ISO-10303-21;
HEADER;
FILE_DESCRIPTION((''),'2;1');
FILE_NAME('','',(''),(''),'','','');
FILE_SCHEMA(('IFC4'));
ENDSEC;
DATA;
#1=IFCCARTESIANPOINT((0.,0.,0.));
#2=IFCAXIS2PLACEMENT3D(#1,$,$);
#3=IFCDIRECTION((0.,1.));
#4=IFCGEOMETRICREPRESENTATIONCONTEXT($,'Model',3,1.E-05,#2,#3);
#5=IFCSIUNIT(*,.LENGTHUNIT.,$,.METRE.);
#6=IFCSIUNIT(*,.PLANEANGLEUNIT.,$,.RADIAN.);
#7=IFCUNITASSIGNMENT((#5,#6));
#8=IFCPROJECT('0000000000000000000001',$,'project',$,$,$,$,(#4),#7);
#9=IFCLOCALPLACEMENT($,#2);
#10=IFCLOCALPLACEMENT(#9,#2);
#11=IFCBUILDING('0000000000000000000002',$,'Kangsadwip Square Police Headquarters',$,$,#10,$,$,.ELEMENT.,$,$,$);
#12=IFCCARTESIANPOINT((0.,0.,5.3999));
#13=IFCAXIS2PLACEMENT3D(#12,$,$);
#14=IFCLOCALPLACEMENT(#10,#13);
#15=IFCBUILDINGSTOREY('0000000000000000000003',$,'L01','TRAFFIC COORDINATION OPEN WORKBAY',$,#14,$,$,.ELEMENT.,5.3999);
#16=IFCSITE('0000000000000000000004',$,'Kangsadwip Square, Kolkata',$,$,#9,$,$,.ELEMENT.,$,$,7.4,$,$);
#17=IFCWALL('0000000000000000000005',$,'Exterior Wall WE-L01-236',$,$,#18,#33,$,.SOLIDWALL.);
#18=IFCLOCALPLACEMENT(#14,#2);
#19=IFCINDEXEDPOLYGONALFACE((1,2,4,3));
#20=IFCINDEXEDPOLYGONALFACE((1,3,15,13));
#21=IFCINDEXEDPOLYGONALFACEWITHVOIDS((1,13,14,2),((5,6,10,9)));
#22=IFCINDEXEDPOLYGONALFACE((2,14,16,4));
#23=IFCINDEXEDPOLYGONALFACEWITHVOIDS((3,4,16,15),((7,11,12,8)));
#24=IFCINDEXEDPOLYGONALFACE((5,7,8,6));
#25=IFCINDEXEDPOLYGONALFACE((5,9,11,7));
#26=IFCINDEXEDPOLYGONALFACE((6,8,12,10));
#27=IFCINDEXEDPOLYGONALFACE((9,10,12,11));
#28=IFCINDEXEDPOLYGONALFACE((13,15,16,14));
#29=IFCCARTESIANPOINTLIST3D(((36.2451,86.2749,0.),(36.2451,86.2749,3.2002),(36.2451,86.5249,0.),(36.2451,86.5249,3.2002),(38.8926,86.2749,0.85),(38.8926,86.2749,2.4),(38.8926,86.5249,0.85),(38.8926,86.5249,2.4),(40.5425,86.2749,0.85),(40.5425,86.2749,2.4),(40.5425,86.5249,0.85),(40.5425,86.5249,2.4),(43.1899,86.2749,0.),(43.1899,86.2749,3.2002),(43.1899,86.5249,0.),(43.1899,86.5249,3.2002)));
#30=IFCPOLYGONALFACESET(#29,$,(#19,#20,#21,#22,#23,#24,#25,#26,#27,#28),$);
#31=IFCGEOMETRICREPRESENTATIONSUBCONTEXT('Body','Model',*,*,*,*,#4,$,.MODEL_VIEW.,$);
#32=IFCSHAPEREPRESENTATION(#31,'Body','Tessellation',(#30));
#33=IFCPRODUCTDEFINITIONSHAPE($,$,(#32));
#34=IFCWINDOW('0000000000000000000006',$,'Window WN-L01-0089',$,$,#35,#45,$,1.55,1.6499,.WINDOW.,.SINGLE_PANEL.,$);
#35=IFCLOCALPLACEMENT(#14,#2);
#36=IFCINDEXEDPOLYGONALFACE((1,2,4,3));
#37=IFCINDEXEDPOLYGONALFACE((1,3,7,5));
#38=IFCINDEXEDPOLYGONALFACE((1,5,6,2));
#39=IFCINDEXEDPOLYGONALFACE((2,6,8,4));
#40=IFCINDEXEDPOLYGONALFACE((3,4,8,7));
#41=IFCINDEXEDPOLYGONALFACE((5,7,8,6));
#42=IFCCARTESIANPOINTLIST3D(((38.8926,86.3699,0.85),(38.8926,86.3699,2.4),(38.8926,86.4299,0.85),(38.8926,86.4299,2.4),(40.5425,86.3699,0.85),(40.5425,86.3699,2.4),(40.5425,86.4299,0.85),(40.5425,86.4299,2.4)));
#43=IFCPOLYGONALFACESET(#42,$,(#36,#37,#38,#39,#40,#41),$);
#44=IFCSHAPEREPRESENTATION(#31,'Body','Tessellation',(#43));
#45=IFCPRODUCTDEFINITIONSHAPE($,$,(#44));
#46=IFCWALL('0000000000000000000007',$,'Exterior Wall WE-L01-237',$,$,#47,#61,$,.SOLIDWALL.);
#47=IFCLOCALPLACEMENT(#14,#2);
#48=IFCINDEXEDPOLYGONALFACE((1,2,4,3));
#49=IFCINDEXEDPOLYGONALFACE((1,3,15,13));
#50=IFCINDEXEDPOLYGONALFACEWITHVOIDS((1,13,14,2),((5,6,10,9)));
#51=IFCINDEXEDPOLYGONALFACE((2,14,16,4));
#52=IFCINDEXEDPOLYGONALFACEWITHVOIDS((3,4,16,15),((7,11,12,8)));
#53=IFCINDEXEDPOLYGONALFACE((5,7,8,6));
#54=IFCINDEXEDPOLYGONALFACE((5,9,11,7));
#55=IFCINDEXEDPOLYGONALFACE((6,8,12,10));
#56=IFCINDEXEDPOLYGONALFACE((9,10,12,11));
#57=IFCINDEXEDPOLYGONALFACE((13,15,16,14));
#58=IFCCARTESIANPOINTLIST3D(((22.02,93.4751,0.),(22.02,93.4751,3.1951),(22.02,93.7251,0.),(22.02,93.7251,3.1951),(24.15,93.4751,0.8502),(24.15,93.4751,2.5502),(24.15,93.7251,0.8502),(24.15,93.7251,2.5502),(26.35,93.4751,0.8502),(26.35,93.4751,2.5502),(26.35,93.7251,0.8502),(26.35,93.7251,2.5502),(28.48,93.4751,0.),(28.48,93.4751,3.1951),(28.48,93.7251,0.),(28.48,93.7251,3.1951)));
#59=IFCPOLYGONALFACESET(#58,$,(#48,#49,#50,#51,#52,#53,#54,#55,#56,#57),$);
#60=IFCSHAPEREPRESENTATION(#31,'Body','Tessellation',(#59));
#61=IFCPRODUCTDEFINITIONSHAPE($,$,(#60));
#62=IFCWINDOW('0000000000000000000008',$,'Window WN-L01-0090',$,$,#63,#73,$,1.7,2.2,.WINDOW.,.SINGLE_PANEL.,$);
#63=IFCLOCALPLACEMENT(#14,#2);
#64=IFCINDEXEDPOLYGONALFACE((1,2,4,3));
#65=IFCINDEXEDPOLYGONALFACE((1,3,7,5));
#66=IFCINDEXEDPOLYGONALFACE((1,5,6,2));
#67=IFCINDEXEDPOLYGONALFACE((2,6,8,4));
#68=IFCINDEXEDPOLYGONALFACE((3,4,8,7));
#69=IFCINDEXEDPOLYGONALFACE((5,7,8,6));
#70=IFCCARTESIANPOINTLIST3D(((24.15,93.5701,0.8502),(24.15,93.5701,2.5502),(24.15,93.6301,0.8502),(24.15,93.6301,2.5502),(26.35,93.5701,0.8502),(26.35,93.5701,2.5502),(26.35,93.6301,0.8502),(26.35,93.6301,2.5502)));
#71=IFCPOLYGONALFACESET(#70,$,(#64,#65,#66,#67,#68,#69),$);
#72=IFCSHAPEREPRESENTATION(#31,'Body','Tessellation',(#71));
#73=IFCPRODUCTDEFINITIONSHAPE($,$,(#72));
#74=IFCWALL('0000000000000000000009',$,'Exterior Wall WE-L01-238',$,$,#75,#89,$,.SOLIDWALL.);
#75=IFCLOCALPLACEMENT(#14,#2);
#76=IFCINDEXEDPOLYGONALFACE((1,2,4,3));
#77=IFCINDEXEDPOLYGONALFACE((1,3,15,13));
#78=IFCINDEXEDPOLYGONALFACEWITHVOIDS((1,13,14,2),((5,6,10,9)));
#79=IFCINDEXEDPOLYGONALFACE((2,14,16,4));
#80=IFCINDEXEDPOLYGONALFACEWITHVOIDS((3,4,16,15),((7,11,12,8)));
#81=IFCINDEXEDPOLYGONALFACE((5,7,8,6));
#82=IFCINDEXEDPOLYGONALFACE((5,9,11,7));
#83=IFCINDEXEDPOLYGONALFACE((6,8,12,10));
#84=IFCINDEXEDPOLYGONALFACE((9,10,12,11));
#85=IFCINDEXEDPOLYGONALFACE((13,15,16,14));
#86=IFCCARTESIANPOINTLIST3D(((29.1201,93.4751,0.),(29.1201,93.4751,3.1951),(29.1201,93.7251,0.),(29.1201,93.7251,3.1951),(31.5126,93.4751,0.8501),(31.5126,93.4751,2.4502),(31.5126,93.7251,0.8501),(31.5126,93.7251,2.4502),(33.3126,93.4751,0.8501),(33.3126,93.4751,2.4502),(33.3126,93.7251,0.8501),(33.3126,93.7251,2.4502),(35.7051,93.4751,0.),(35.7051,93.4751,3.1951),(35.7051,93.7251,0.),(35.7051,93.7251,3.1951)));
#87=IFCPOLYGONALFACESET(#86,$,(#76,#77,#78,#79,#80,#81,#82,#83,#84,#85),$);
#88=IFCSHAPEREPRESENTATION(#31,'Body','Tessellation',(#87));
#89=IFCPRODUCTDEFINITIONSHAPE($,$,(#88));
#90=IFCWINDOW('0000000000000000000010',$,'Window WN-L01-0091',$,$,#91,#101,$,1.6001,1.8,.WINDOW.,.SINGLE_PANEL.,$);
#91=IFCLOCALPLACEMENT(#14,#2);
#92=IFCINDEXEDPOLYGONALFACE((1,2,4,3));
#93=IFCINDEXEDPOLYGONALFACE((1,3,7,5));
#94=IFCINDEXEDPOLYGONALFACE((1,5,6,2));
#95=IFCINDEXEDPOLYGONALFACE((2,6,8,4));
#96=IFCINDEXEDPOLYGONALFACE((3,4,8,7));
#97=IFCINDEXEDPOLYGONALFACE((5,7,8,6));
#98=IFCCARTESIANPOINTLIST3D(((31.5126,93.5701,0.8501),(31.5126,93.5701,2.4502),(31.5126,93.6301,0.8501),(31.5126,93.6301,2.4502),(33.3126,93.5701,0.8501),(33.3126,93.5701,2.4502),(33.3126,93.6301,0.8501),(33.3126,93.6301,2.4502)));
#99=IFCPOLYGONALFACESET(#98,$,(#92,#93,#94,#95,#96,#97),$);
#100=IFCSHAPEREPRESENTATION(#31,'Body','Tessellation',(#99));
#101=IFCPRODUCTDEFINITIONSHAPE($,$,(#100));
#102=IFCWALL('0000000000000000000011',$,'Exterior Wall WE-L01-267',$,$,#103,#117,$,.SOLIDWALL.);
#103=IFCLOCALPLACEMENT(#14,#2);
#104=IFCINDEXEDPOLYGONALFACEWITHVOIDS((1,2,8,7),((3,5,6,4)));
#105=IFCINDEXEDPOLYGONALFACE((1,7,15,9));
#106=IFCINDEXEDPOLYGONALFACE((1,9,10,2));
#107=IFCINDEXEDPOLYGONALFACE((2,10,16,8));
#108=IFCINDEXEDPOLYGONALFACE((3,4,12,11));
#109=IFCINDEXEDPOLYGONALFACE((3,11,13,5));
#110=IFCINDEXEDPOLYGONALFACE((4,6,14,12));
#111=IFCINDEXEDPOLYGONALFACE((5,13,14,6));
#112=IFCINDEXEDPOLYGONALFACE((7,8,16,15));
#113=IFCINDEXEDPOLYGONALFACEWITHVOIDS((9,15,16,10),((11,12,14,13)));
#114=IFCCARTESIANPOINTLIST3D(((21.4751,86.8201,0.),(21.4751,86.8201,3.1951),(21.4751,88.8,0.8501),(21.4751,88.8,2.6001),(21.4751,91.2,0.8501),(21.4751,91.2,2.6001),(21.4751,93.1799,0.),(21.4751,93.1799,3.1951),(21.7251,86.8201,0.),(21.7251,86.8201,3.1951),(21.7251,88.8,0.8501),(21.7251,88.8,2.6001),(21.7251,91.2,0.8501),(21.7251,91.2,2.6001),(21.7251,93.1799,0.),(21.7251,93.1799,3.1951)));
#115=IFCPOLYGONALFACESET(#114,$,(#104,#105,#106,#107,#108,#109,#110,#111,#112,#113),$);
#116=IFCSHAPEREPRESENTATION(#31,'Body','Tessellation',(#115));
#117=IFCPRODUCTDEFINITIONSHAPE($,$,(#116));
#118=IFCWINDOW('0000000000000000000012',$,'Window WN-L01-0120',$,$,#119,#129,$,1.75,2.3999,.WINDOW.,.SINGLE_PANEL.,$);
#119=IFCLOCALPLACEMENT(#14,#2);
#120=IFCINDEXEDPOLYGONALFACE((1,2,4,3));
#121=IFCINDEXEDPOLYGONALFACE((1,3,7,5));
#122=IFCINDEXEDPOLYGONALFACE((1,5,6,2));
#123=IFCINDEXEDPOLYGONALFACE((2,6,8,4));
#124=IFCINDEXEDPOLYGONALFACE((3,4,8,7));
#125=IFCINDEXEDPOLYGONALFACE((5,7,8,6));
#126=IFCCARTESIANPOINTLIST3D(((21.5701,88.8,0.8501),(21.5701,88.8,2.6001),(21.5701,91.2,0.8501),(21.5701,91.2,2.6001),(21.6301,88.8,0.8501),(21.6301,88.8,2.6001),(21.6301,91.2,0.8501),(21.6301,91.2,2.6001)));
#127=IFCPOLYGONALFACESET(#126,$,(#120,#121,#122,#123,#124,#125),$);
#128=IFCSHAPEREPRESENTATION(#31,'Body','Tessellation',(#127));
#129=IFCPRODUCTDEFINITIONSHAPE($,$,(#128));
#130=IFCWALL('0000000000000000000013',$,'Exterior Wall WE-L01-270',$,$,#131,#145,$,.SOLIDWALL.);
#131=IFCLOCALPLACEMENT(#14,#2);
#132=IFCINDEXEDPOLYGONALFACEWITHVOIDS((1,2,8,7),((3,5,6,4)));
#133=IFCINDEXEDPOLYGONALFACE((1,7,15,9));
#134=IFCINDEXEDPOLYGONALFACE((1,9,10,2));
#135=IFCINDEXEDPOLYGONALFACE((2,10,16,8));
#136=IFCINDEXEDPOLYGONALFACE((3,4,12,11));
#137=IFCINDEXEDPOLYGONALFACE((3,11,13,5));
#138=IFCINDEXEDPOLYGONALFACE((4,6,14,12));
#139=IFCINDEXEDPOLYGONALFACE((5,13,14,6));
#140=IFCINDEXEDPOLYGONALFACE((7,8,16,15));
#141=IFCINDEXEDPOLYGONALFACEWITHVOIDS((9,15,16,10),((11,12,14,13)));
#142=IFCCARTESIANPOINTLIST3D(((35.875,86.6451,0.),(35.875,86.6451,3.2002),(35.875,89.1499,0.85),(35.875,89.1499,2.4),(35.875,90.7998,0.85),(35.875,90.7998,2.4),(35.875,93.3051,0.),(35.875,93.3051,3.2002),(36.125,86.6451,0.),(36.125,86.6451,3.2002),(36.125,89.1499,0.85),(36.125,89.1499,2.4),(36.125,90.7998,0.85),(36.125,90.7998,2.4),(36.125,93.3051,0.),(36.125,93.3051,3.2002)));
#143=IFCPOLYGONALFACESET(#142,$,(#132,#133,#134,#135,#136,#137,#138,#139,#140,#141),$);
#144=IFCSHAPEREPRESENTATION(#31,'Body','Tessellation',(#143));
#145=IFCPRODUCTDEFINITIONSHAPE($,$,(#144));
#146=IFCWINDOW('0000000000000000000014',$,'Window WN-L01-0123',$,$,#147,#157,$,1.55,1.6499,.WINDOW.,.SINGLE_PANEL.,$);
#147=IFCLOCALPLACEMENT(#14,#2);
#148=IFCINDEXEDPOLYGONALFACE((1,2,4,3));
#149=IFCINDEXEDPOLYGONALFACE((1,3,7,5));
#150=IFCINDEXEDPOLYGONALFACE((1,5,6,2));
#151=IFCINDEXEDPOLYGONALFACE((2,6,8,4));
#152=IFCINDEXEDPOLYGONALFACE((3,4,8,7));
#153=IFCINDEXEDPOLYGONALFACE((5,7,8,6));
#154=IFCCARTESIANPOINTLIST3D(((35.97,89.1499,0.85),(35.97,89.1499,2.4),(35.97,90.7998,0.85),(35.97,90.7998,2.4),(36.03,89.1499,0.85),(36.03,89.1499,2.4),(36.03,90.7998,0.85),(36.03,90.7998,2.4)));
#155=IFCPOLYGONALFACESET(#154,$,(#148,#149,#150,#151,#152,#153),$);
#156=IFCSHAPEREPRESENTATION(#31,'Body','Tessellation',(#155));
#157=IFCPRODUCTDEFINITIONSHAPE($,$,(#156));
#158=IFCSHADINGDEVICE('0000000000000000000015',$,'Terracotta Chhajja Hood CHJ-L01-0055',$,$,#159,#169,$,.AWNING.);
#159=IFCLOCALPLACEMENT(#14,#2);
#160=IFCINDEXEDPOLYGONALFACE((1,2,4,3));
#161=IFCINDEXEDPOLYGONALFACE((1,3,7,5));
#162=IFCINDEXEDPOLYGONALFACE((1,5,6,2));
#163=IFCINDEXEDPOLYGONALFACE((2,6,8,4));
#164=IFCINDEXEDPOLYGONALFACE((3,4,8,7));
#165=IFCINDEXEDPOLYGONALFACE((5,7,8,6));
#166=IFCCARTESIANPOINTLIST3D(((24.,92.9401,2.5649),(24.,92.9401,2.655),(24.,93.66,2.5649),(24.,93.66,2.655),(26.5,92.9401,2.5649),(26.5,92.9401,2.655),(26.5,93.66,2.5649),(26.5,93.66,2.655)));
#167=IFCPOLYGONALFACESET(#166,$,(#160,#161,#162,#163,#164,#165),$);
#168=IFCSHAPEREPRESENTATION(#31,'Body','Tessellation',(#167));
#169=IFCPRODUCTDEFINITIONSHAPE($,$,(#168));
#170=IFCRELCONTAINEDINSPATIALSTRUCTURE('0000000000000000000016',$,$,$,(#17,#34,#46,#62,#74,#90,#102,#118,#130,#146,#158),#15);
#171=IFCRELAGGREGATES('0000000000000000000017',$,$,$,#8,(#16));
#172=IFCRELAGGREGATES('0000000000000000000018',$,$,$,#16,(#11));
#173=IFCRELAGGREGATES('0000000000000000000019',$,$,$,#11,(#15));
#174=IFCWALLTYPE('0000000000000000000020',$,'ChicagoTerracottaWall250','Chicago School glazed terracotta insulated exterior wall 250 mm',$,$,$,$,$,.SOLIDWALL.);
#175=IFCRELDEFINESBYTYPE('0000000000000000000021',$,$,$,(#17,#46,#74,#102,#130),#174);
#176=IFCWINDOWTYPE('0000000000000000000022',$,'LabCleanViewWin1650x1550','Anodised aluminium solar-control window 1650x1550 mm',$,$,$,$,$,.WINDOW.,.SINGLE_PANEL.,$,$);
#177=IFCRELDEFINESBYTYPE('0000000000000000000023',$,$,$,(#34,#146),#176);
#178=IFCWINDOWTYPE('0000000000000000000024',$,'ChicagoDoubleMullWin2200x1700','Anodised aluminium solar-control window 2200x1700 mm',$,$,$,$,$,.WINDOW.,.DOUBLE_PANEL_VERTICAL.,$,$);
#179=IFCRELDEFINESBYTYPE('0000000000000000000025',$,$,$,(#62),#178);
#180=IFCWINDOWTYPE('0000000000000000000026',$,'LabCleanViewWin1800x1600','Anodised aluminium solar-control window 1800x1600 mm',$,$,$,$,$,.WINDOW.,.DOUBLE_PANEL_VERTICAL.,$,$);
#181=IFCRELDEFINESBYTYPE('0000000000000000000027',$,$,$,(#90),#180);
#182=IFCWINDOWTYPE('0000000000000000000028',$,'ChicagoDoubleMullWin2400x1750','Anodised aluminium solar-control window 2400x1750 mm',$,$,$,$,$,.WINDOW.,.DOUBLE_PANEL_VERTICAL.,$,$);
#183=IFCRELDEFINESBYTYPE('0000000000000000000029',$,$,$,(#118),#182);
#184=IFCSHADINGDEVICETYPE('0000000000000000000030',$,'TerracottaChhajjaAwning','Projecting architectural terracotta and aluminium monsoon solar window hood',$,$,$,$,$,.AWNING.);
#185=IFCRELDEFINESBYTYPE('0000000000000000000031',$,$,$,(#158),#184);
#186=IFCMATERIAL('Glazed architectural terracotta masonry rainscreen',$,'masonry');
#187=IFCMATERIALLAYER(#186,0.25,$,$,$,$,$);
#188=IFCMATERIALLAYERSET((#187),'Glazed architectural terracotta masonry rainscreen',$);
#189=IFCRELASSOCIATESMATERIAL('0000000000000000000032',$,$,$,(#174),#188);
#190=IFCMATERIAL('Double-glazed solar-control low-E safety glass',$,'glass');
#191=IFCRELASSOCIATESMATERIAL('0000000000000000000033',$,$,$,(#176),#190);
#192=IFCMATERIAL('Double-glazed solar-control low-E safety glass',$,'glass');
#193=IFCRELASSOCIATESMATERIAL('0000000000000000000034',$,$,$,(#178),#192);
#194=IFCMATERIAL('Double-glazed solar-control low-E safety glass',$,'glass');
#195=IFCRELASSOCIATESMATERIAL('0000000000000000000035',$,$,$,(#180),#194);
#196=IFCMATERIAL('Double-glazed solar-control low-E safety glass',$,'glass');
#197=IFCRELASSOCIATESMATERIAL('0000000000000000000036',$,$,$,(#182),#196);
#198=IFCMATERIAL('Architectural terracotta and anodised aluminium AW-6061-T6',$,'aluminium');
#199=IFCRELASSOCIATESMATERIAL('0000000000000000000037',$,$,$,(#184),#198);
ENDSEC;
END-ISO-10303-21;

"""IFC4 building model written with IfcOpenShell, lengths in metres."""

from ifc_helpers import new_model, si_unit, direction, frame, frame_2d, origin, origin_2d, place, context, subcontext, project, spatial, rectangle, extrude, material, layer, layer_set, type_object, element, fill, save


model = new_model("IFC4")

# Units and contexts
model_context = context("Model", 3, precision=1e-05, world=origin(), true_north=direction((0.0, 1.0)))
body_context = subcontext(model_context, "Body", "Model", "MODEL_VIEW")
ifc_project = project(units=[si_unit("LENGTHUNIT", "METRE"), si_unit("PLANEANGLEUNIT", "RADIAN")], contexts=[model_context])

# Site, building, storey
site_placement = place(None, origin())
site = spatial("IfcSite", under=ifc_project, at=site_placement, Name="Kangsadwip Square, Kolkata", CompositionType="ELEMENT", RefElevation=7.4)
building_placement = place(site_placement, origin())
building = spatial("IfcBuilding", under=site, at=building_placement, Name="Kangsadwip Square Police Headquarters", CompositionType="ELEMENT")
storey_placement = place(building_placement, frame((0.0, 0.0, 5.3999)))
storey = spatial("IfcBuildingStorey", under=building, at=storey_placement, Name="L01", Description="TRAFFIC COORDINATION OPEN WORKBAY", CompositionType="ELEMENT", Elevation=5.3999)

# Walls, openings, windows
ifc_material_1 = material(Name="Glazed architectural terracotta masonry rainscreen", Category="masonry")
ifc_layer = layer(ifc_material_1, 0.25)
ifc_layer_set = layer_set([ifc_layer], Name="Glazed architectural terracotta masonry rainscreen")
wall_type = type_object("IfcWallType", Name="ChicagoTerracottaWall250", Description="Chicago School glazed terracotta insulated exterior wall 250 mm", PredefinedType="SOLIDWALL", material=ifc_layer_set)
wall_1_placement = place(storey_placement, frame((36.2451, 86.3999, 0.0), z_axis=(0.0, 0.0, 1.0), x_axis=(1.0, 0.0, 0.0)))
wall_1 = element("IfcWall", 1, at=wall_1_placement, inside=storey, type_object=wall_type, Name="Exterior Wall WE-L01-236", PredefinedType="SOLIDWALL", context=body_context, shape_type="SweptSolid", body=[
    extrude(rectangle(XDim=6.9448, YDim=0.25, at=frame_2d((3.4724, 0.0))), origin(), (0.0, 0.0, 1.0), 3.2002),
])
opening_1_placement = place(wall_1_placement, frame((2.6475, 0.0, 0.8501)))
opening_1 = element("IfcOpeningElement", 2, at=opening_1_placement, cuts=wall_1, PredefinedType="OPENING", context=body_context, shape_type="SweptSolid", body=[
    extrude(rectangle(XDim=1.6499, YDim=1.55, at=frame_2d((0.825, 0.7749))), frame((0.0, 0.135, 0.0), z_axis=(0.0, -1.0, 0.0), x_axis=(1.0, 0.0, 0.0)), (0.0, 0.0, 1.0), 0.27),
])
ifc_material_2 = material(Name="Double-glazed solar-control low-E safety glass", Category="glass")
window_type_1 = type_object("IfcWindowType", Name="LabCleanViewWin1650x1550", Description="Anodised aluminium solar-control window 1650x1550 mm", PartitioningType="SINGLE_PANEL", PredefinedType="WINDOW", material=ifc_material_2)
window_1_placement = place(opening_1_placement, origin())
window_1 = element("IfcWindow", 3, at=window_1_placement, inside=storey, type_object=window_type_1, Name="Window WN-L01-0089", OverallHeight=1.55, OverallWidth=1.6499, PartitioningType="SINGLE_PANEL", PredefinedType="WINDOW", context=body_context, shape_type="SweptSolid", body=[
    extrude(rectangle(XDim=1.6499, YDim=1.55, at=frame_2d((0.825, 0.7749))), frame((0.0, 0.03, 0.0), z_axis=(0.0, -1.0, 0.0), x_axis=(1.0, 0.0, 0.0)), (0.0, 0.0, 1.0), 0.0601),
])
fill(opening_1, window_1)
wall_2_placement = place(storey_placement, frame((22.02, 93.6001, 0.0), z_axis=(0.0, 0.0, 1.0), x_axis=(1.0, 0.0, 0.0)))
wall_2 = element("IfcWall", 4, at=wall_2_placement, inside=storey, type_object=wall_type, Name="Exterior Wall WE-L01-237", PredefinedType="SOLIDWALL", context=body_context, shape_type="SweptSolid", body=[
    extrude(rectangle(XDim=6.46, YDim=0.25, at=frame_2d((3.23, 0.0))), origin(), (0.0, 0.0, 1.0), 3.1951),
])
opening_2_placement = place(wall_2_placement, frame((2.1299, 0.0, 0.8501)))
opening_2 = element("IfcOpeningElement", 5, at=opening_2_placement, cuts=wall_2, PredefinedType="OPENING", context=body_context, shape_type="SweptSolid", body=[
    extrude(rectangle(XDim=2.2, YDim=1.7, at=frame_2d((1.1001, 0.8501))), frame((0.0, 0.135, 0.0), z_axis=(0.0, -1.0, 0.0), x_axis=(1.0, 0.0, 0.0)), (0.0, 0.0, 1.0), 0.27),
])
ifc_material_3 = material(Name="Double-glazed solar-control low-E safety glass", Category="glass")
window_type_2 = type_object("IfcWindowType", Name="ChicagoDoubleMullWin2200x1700", Description="Anodised aluminium solar-control window 2200x1700 mm", PartitioningType="DOUBLE_PANEL_VERTICAL", PredefinedType="WINDOW", material=ifc_material_3)
window_2_placement = place(opening_2_placement, origin())
window_2 = element("IfcWindow", 6, at=window_2_placement, inside=storey, type_object=window_type_2, Name="Window WN-L01-0090", OverallHeight=1.7, OverallWidth=2.2, PartitioningType="SINGLE_PANEL", PredefinedType="WINDOW", context=body_context, shape_type="SweptSolid", body=[
    extrude(rectangle(XDim=2.2, YDim=1.7, at=frame_2d((1.1001, 0.8501))), frame((0.0, 0.03, 0.0), z_axis=(0.0, -1.0, 0.0), x_axis=(1.0, 0.0, 0.0)), (0.0, 0.0, 1.0), 0.0601),
])
fill(opening_2, window_2)
wall_3_placement = place(storey_placement, frame((29.1201, 93.6001, 0.0), z_axis=(0.0, 0.0, 1.0), x_axis=(1.0, 0.0, 0.0)))
wall_3 = element("IfcWall", 7, at=wall_3_placement, inside=storey, type_object=wall_type, Name="Exterior Wall WE-L01-238", PredefinedType="SOLIDWALL", context=body_context, shape_type="SweptSolid", body=[
    extrude(rectangle(XDim=6.585, YDim=0.25, at=frame_2d((3.2925, 0.0))), origin(), (0.0, 0.0, 1.0), 3.1951),
])
opening_3_placement = place(wall_3_placement, frame((2.3926, 0.0, 0.8501)))
opening_3 = element("IfcOpeningElement", 8, at=opening_3_placement, cuts=wall_3, PredefinedType="OPENING", context=body_context, shape_type="SweptSolid", body=[
    extrude(rectangle(XDim=1.8, YDim=1.6001, at=frame_2d((0.8999, 0.8))), frame((0.0, 0.135, 0.0), z_axis=(0.0, -1.0, 0.0), x_axis=(1.0, 0.0, 0.0)), (0.0, 0.0, 1.0), 0.27),
])
ifc_material_4 = material(Name="Double-glazed solar-control low-E safety glass", Category="glass")
window_type_3 = type_object("IfcWindowType", Name="LabCleanViewWin1800x1600", Description="Anodised aluminium solar-control window 1800x1600 mm", PartitioningType="DOUBLE_PANEL_VERTICAL", PredefinedType="WINDOW", material=ifc_material_4)
window_3_placement = place(opening_3_placement, origin())
window_3 = element("IfcWindow", 9, at=window_3_placement, inside=storey, type_object=window_type_3, Name="Window WN-L01-0091", OverallHeight=1.6001, OverallWidth=1.8, PartitioningType="SINGLE_PANEL", PredefinedType="WINDOW", context=body_context, shape_type="SweptSolid", body=[
    extrude(rectangle(XDim=1.8, YDim=1.6001, at=frame_2d((0.8999, 0.8))), frame((0.0, 0.03, 0.0), z_axis=(0.0, -1.0, 0.0), x_axis=(1.0, 0.0, 0.0)), (0.0, 0.0, 1.0), 0.0601),
])
fill(opening_3, window_3)
wall_4_placement = place(storey_placement, frame((21.6001, 86.8201, 0.0), z_axis=(0.0, 0.0, 1.0), x_axis=(0.0, 1.0, 0.0)))
wall_4 = element("IfcWall", 10, at=wall_4_placement, inside=storey, type_object=wall_type, Name="Exterior Wall WE-L01-267", PredefinedType="SOLIDWALL", context=body_context, shape_type="SweptSolid", body=[
    extrude(rectangle(XDim=6.3599, YDim=0.25, at=frame_2d((3.1799, 0.0))), origin(), (0.0, 0.0, 1.0), 3.1951),
])
opening_4_placement = place(wall_4_placement, frame((1.98, 0.0, 0.8501)))
opening_4 = element("IfcOpeningElement", 11, at=opening_4_placement, cuts=wall_4, PredefinedType="OPENING", context=body_context, shape_type="SweptSolid", body=[
    extrude(rectangle(XDim=2.3999, YDim=1.75, at=frame_2d((1.2, 0.875))), frame((0.0, 0.135, 0.0), z_axis=(0.0, -1.0, 0.0), x_axis=(1.0, 0.0, 0.0)), (0.0, 0.0, 1.0), 0.27),
])
ifc_material_5 = material(Name="Double-glazed solar-control low-E safety glass", Category="glass")
window_type_4 = type_object("IfcWindowType", Name="ChicagoDoubleMullWin2400x1750", Description="Anodised aluminium solar-control window 2400x1750 mm", PartitioningType="DOUBLE_PANEL_VERTICAL", PredefinedType="WINDOW", material=ifc_material_5)
window_4_placement = place(opening_4_placement, origin())
window_4 = element("IfcWindow", 12, at=window_4_placement, inside=storey, type_object=window_type_4, Name="Window WN-L01-0120", OverallHeight=1.75, OverallWidth=2.3999, PartitioningType="SINGLE_PANEL", PredefinedType="WINDOW", context=body_context, shape_type="SweptSolid", body=[
    extrude(rectangle(XDim=2.3999, YDim=1.75, at=frame_2d((1.2, 0.875))), frame((0.0, 0.03, 0.0), z_axis=(0.0, -1.0, 0.0), x_axis=(1.0, 0.0, 0.0)), (0.0, 0.0, 1.0), 0.0601),
])
fill(opening_4, window_4)
wall_5_placement = place(storey_placement, frame((36.0, 86.645, 0.0), z_axis=(0.0, 0.0, 1.0), x_axis=(0.0, 1.0, 0.0)))
wall_5 = element("IfcWall", 13, at=wall_5_placement, inside=storey, type_object=wall_type, Name="Exterior Wall WE-L01-270", PredefinedType="SOLIDWALL", context=body_context, shape_type="SweptSolid", body=[
    extrude(rectangle(XDim=6.6599, YDim=0.25, at=frame_2d((3.3301, 0.0))), origin(), (0.0, 0.0, 1.0), 3.2002),
])
opening_5_placement = place(wall_5_placement, frame((2.5049, 0.0, 0.8501)))
opening_5 = element("IfcOpeningElement", 14, at=opening_5_placement, cuts=wall_5, PredefinedType="OPENING", context=body_context, shape_type="SweptSolid", body=[
    extrude(rectangle(XDim=1.6499, YDim=1.55, at=frame_2d((0.825, 0.7749))), frame((0.0, 0.135, 0.0), z_axis=(0.0, -1.0, 0.0), x_axis=(1.0, 0.0, 0.0)), (0.0, 0.0, 1.0), 0.27),
])
window_5_placement = place(opening_5_placement, origin())
window_5 = element("IfcWindow", 15, at=window_5_placement, inside=storey, type_object=window_type_1, Name="Window WN-L01-0123", OverallHeight=1.55, OverallWidth=1.6499, PartitioningType="SINGLE_PANEL", PredefinedType="WINDOW", context=body_context, shape_type="SweptSolid", body=[
    extrude(rectangle(XDim=1.6499, YDim=1.55, at=frame_2d((0.825, 0.7749))), frame((0.0, 0.03, 0.0), z_axis=(0.0, -1.0, 0.0), x_axis=(1.0, 0.0, 0.0)), (0.0, 0.0, 1.0), 0.0601),
])
fill(opening_5, window_5)

# Shading device
ifc_material_6 = material(Name="Architectural terracotta and anodised aluminium AW-6061-T6", Category="aluminium")
shading_device_type = type_object("IfcShadingDeviceType", Name="TerracottaChhajjaAwning", Description="Projecting architectural terracotta and aluminium monsoon solar window hood", PredefinedType="AWNING", material=ifc_material_6)
shading_device_1_placement = place(storey_placement, frame((25.25, 93.3, 2.5649), z_axis=(0.0, 0.0, 1.0), x_axis=(1.0, 0.0, 0.0)))
element("IfcShadingDevice", 16, at=shading_device_1_placement, inside=storey, type_object=shading_device_type, Name="Terracotta Chhajja Hood CHJ-L01-0055", PredefinedType="AWNING", context=body_context, shape_type="SweptSolid", body=[
    extrude(rectangle(XDim=2.5, YDim=0.72, at=origin_2d()), origin(), (0.0, 0.0, 1.0), 0.0901),
])

save(model, "model.ifc")
